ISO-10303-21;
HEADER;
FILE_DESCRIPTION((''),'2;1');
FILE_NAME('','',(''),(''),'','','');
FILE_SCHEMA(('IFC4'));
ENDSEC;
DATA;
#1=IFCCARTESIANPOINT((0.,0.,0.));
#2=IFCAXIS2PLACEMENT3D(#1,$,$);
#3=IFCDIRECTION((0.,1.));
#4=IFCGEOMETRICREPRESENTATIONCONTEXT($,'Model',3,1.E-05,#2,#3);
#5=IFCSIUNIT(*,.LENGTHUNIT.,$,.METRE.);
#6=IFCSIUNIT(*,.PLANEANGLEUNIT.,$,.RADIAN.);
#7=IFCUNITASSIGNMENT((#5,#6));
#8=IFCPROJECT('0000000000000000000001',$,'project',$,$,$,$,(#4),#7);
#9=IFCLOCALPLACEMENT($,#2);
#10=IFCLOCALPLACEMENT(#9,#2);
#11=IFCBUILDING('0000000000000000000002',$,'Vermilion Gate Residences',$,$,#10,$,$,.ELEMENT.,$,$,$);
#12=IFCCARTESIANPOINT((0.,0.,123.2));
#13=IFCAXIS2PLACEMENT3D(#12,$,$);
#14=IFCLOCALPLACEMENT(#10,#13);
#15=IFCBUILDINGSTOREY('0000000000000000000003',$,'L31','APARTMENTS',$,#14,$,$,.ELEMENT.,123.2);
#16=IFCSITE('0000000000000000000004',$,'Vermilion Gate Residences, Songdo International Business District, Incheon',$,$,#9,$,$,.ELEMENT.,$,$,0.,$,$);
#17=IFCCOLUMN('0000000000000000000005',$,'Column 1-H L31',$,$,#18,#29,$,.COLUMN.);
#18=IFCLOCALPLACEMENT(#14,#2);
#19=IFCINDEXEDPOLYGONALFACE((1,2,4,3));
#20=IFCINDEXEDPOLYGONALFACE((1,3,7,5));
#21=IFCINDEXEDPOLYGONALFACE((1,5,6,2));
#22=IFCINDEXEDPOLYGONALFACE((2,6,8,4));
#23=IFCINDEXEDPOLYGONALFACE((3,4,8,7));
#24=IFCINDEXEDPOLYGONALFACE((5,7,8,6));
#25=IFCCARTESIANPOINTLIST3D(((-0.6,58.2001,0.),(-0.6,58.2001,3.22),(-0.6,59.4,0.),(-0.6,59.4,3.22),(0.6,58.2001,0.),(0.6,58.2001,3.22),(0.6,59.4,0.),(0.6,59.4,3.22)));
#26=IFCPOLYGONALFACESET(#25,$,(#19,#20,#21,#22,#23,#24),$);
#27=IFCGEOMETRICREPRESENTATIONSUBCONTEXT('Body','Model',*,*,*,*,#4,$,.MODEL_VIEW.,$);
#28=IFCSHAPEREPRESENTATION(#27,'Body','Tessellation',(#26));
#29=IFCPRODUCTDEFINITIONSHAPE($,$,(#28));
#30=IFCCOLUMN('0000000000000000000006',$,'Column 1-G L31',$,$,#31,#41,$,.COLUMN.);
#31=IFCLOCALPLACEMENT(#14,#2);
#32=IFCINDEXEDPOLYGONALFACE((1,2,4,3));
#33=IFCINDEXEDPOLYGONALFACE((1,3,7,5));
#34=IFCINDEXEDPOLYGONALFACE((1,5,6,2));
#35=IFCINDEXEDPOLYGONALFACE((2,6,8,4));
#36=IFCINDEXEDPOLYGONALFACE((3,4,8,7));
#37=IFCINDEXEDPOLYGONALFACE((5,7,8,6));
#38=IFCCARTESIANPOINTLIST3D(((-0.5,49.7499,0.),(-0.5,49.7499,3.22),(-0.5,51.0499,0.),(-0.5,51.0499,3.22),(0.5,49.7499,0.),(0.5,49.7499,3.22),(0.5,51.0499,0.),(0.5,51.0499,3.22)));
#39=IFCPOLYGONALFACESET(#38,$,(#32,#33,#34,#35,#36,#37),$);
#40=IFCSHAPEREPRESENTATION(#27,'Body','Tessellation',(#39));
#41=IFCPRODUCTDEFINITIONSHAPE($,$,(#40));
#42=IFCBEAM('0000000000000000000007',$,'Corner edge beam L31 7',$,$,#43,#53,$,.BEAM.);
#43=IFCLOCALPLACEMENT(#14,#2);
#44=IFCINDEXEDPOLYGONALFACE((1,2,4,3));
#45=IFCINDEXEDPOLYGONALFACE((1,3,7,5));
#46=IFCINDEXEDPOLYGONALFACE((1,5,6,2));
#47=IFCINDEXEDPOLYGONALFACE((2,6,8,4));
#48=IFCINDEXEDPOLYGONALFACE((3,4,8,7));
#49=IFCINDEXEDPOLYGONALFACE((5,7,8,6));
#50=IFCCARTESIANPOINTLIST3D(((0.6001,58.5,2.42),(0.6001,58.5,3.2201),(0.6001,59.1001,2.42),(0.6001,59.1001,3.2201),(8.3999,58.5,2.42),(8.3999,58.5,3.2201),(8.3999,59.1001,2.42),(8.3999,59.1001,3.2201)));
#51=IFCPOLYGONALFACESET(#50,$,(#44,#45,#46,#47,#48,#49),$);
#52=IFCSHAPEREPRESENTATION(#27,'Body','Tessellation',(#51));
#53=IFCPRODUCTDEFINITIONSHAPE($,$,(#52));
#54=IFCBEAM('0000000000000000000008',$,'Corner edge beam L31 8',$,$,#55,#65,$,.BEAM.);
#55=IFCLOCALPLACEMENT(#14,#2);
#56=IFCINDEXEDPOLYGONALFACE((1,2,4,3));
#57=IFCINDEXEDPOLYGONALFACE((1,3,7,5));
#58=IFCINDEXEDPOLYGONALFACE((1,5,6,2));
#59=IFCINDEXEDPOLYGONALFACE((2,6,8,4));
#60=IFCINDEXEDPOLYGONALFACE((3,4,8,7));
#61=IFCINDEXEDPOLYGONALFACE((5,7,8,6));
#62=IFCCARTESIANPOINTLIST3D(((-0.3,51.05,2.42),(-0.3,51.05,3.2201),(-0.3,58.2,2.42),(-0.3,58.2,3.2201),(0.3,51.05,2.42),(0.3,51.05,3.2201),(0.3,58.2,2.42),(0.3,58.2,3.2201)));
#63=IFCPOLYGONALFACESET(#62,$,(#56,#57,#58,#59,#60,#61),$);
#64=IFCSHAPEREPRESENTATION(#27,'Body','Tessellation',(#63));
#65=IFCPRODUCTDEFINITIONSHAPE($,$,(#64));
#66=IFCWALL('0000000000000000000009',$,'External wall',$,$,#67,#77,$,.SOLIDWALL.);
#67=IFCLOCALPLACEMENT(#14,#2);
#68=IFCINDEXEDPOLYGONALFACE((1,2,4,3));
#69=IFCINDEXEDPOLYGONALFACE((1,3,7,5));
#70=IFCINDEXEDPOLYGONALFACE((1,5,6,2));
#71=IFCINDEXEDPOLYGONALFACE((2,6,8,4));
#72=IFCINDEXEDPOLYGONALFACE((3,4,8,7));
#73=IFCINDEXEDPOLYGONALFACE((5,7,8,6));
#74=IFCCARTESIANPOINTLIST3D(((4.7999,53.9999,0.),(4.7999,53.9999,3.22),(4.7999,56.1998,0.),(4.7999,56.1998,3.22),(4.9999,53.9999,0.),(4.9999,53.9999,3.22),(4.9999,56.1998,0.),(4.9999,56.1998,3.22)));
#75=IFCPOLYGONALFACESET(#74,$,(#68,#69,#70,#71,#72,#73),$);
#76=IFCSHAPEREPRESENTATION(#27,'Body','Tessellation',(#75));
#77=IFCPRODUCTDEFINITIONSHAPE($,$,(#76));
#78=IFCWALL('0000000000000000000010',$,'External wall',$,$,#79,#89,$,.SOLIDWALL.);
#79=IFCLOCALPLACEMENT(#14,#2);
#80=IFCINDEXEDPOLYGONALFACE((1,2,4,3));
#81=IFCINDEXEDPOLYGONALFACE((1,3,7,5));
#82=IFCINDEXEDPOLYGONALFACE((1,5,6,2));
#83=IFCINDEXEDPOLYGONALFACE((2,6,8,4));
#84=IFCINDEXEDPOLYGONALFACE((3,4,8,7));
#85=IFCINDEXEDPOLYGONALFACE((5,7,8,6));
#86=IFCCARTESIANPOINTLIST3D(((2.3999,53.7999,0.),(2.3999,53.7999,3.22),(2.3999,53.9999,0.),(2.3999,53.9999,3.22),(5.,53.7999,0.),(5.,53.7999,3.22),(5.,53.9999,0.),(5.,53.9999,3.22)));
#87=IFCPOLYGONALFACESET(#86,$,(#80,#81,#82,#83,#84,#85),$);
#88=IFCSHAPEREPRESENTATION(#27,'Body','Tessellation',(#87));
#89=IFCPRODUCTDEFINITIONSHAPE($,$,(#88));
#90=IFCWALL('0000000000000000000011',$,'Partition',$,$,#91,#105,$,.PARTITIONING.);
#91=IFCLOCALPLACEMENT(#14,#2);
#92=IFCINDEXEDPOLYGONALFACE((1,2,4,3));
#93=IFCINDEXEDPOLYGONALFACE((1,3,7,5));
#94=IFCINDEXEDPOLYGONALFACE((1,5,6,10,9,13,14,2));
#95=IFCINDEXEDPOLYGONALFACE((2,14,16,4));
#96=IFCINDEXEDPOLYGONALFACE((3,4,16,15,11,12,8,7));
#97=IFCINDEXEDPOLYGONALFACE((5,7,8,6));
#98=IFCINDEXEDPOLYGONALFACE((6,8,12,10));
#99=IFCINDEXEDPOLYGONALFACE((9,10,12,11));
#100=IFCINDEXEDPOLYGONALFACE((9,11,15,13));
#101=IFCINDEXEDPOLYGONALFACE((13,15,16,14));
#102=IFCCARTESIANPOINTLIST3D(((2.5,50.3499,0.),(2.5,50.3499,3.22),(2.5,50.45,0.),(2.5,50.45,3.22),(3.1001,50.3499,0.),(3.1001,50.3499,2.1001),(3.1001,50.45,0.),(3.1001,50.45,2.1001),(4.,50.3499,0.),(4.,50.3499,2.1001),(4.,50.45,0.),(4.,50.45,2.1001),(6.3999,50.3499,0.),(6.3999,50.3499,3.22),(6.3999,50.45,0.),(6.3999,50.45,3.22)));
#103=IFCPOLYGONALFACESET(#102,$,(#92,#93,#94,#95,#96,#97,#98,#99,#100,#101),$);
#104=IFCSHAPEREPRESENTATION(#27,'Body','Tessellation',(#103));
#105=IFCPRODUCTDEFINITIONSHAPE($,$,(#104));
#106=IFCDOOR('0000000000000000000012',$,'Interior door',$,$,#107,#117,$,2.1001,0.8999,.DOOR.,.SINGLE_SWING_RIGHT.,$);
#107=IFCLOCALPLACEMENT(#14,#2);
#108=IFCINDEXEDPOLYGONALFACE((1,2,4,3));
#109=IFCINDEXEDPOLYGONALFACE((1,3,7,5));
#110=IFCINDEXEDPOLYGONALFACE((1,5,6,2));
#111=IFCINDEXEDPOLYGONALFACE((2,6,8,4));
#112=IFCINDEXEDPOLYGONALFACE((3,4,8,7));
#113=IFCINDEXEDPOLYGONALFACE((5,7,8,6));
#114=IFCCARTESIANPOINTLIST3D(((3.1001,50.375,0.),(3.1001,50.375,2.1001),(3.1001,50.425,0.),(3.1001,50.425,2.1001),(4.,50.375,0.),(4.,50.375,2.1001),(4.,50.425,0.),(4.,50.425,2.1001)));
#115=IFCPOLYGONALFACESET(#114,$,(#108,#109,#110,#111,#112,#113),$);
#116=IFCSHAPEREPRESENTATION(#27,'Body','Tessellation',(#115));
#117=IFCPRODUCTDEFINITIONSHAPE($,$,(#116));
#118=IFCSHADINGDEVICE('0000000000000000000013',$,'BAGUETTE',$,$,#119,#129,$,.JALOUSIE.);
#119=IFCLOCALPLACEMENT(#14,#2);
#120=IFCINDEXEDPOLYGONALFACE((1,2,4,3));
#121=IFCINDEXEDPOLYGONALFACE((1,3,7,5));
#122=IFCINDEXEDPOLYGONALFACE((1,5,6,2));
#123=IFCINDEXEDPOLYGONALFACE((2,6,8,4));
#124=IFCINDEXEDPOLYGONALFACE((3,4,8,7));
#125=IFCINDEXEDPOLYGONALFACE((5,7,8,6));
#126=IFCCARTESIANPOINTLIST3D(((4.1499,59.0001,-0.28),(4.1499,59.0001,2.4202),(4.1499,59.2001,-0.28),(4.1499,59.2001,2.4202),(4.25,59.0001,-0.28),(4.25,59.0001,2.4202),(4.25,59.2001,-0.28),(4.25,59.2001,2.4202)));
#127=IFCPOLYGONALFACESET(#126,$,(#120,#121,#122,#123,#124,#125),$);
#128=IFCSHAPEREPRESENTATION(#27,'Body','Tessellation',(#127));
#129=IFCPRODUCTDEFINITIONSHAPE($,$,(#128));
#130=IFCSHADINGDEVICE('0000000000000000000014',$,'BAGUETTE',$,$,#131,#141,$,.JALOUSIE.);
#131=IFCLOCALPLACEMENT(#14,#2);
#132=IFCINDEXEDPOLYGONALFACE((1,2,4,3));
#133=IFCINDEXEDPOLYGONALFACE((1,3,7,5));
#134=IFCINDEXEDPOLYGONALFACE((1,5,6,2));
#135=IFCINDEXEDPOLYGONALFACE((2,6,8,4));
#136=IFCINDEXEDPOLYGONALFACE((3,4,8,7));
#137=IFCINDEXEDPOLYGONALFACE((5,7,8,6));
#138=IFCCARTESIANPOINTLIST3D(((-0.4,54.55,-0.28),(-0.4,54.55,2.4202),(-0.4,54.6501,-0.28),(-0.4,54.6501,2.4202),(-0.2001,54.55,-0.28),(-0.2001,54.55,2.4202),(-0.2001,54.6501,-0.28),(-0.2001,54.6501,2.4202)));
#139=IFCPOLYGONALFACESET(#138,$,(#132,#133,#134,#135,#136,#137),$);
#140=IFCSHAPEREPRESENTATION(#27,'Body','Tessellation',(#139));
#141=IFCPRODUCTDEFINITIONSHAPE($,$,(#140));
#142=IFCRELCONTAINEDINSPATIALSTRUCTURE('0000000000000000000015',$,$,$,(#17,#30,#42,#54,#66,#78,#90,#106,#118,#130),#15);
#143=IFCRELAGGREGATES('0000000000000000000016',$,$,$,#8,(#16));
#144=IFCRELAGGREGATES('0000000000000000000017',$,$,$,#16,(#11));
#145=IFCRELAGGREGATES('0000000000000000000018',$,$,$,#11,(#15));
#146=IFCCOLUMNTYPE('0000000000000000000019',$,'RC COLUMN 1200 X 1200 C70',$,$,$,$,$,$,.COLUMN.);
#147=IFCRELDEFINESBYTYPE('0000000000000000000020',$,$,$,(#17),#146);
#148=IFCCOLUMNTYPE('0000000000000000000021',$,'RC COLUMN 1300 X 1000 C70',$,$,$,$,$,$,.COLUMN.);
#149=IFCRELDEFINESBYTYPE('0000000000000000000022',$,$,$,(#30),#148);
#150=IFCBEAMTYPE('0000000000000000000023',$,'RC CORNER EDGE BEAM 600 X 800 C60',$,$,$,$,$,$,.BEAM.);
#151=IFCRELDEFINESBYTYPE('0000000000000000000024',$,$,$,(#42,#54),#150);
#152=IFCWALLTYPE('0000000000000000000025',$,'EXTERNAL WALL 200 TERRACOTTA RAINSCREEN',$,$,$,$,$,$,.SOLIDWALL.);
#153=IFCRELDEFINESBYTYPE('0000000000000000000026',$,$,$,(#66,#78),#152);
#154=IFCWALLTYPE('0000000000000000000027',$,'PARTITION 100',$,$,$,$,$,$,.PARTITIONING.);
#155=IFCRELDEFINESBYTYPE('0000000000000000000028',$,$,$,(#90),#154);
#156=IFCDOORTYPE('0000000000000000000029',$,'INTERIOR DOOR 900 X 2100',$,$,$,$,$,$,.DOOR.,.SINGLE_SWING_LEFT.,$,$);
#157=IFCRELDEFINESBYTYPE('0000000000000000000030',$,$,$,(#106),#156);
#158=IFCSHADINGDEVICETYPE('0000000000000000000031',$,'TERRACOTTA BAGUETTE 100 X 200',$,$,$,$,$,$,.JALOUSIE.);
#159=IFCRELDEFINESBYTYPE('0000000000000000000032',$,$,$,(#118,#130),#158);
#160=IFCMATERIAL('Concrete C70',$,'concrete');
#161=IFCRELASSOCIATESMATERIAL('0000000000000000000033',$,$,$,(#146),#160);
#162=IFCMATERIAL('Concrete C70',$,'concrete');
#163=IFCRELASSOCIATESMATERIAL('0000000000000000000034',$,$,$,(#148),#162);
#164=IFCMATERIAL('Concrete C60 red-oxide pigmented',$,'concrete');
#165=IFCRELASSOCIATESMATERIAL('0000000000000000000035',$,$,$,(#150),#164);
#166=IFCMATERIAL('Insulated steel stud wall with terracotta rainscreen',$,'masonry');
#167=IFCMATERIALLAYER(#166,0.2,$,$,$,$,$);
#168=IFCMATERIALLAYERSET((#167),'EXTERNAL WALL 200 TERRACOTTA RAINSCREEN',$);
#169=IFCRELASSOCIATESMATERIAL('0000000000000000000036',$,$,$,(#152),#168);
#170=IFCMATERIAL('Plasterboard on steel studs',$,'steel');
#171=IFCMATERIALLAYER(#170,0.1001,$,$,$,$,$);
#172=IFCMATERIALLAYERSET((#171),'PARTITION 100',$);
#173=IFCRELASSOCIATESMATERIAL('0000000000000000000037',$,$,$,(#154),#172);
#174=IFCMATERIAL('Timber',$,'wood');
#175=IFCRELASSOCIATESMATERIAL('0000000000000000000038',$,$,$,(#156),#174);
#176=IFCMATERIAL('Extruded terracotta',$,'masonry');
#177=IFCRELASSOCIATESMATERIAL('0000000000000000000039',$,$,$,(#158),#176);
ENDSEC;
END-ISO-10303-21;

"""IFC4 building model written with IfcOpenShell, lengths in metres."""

from ifc_helpers import new_model, si_unit, direction, frame, frame_2d, origin, origin_2d, place, context, subcontext, project, spatial, rectangle, extrude, material, layer, layer_set, material_profile, profile_set, type_object, element, fill, save


model = new_model("IFC4")

# Units and contexts
model_context = context("Model", 3, precision=1e-05, world=origin(), true_north=direction((0.0, 1.0)))
body_context = subcontext(model_context, "Body", "Model", "MODEL_VIEW")
ifc_project = project(units=[si_unit("LENGTHUNIT", "METRE"), si_unit("PLANEANGLEUNIT", "RADIAN")], contexts=[model_context])

# Site, building, storey
site_placement = place(None, origin())
site = spatial("IfcSite", under=ifc_project, at=site_placement, Name="Vermilion Gate Residences, Songdo International Business District, Incheon", CompositionType="ELEMENT", RefElevation=0.0)
building_placement = place(site_placement, origin())
building = spatial("IfcBuilding", under=site, at=building_placement, Name="Vermilion Gate Residences", CompositionType="ELEMENT")
storey_placement = place(building_placement, frame((0.0, 0.0, 123.2)))
storey = spatial("IfcBuildingStorey", under=building, at=storey_placement, Name="L31", Description="APARTMENTS", CompositionType="ELEMENT", Elevation=123.2)

# Columns
ifc_material_1 = material(Name="Concrete C70", Category="concrete")
ifc_material_profile_1 = material_profile(ifc_material_1, rectangle(XDim=1.2, YDim=1.2, at=origin_2d()), Name="RC-1200x1200")
ifc_profile_set_1 = profile_set([ifc_material_profile_1], Name="Concrete C70")
column_type_1 = type_object("IfcColumnType", Name="RC COLUMN 1200 X 1200 C70", PredefinedType="COLUMN", material=ifc_profile_set_1)
column_1_placement = place(storey_placement, frame((0.0, 58.8, 0.0), z_axis=(0.0, 0.0, 1.0), x_axis=(1.0, 0.0, 0.0)))
element("IfcColumn", 1, at=column_1_placement, inside=storey, type_object=column_type_1, Name="Column 1-H L31", PredefinedType="COLUMN", context=body_context, shape_type="SweptSolid", body=[
    extrude(rectangle(XDim=1.2, YDim=1.2, at=origin_2d()), origin(), (0.0, 0.0, 1.0), 3.22),
])
ifc_material_2 = material(Name="Concrete C70", Category="concrete")
ifc_material_profile_2 = material_profile(ifc_material_2, rectangle(XDim=1.3, YDim=1.0, at=origin_2d()), Name="RC-1300x1000")
ifc_profile_set_2 = profile_set([ifc_material_profile_2], Name="Concrete C70")
column_type_2 = type_object("IfcColumnType", Name="RC COLUMN 1300 X 1000 C70", PredefinedType="COLUMN", material=ifc_profile_set_2)
column_2_placement = place(storey_placement, frame((0.0, 50.3999, 0.0), z_axis=(0.0, 0.0, 1.0), x_axis=(0.0, 1.0, 0.0)))
element("IfcColumn", 2, at=column_2_placement, inside=storey, type_object=column_type_2, Name="Column 1-G L31", PredefinedType="COLUMN", context=body_context, shape_type="SweptSolid", body=[
    extrude(rectangle(XDim=1.3, YDim=1.0, at=origin_2d()), origin(), (0.0, 0.0, 1.0), 3.22),
])

# Beams
ifc_material_3 = material(Name="Concrete C60 red-oxide pigmented", Category="concrete")
ifc_material_profile_3 = material_profile(ifc_material_3, rectangle(XDim=0.6001, YDim=0.8, at=origin_2d()), Name="RC-600x800")
ifc_profile_set_3 = profile_set([ifc_material_profile_3], Name="Concrete C60 red-oxide pigmented")
beam_type = type_object("IfcBeamType", Name="RC CORNER EDGE BEAM 600 X 800 C60", PredefinedType="BEAM", material=ifc_profile_set_3)
beam_1_placement = place(storey_placement, frame((0.6001, 58.8, 2.8201), z_axis=(1.0, 0.0, 0.0), x_axis=(0.0, 1.0, 0.0)))
element("IfcBeam", 3, at=beam_1_placement, inside=storey, type_object=beam_type, Name="Corner edge beam L31 7", PredefinedType="BEAM", context=body_context, shape_type="SweptSolid", body=[
    extrude(rectangle(XDim=0.6001, YDim=0.8, at=origin_2d()), origin(), (0.0, 0.0, 1.0), 7.7998),
])
beam_2_placement = place(storey_placement, frame((0.0, 51.05, 2.8201), z_axis=(0.0, 1.0, 0.0), x_axis=(-1.0, 0.0, 0.0)))
element("IfcBeam", 4, at=beam_2_placement, inside=storey, type_object=beam_type, Name="Corner edge beam L31 8", PredefinedType="BEAM", context=body_context, shape_type="SweptSolid", body=[
    extrude(rectangle(XDim=0.6001, YDim=0.8, at=origin_2d()), origin(), (0.0, 0.0, 1.0), 7.1499),
])

# Walls
ifc_material_4 = material(Name="Insulated steel stud wall with terracotta rainscreen", Category="masonry")
ifc_layer_1 = layer(ifc_material_4, 0.2)
ifc_layer_set_1 = layer_set([ifc_layer_1], Name="EXTERNAL WALL 200 TERRACOTTA RAINSCREEN")
wall_type_1 = type_object("IfcWallType", Name="EXTERNAL WALL 200 TERRACOTTA RAINSCREEN", PredefinedType="SOLIDWALL", material=ifc_layer_set_1)
wall_1_placement = place(storey_placement, frame((4.8999, 56.2, 0.0), z_axis=(0.0, 0.0, 1.0), x_axis=(0.0, -1.0, 0.0)))
element("IfcWall", 5, at=wall_1_placement, inside=storey, type_object=wall_type_1, Name="External wall", PredefinedType="SOLIDWALL", context=body_context, shape_type="SweptSolid", body=[
    extrude(rectangle(XDim=2.2, YDim=0.2, at=frame_2d((1.1001, 0.0))), origin(), (0.0, 0.0, 1.0), 3.22),
])
wall_2_placement = place(storey_placement, frame((5.0, 53.8999, 0.0), z_axis=(0.0, 0.0, 1.0), x_axis=(-1.0, 0.0, 0.0)))
element("IfcWall", 6, at=wall_2_placement, inside=storey, type_object=wall_type_1, Name="External wall", PredefinedType="SOLIDWALL", context=body_context, shape_type="SweptSolid", body=[
    extrude(rectangle(XDim=2.6001, YDim=0.2, at=frame_2d((1.3, 0.0))), origin(), (0.0, 0.0, 1.0), 3.22),
])

# Wall, opening, door
ifc_material_5 = material(Name="Plasterboard on steel studs", Category="steel")
ifc_layer_2 = layer(ifc_material_5, 0.1001)
ifc_layer_set_2 = layer_set([ifc_layer_2], Name="PARTITION 100")
wall_type_2 = type_object("IfcWallType", Name="PARTITION 100", PredefinedType="PARTITIONING", material=ifc_layer_set_2)
wall_3_placement = place(storey_placement, frame((2.5, 50.3999, 0.0), z_axis=(0.0, 0.0, 1.0), x_axis=(1.0, 0.0, 0.0)))
wall_3 = element("IfcWall", 7, at=wall_3_placement, inside=storey, type_object=wall_type_2, Name="Partition", PredefinedType="PARTITIONING", context=body_context, shape_type="SweptSolid", body=[
    extrude(rectangle(XDim=3.8999, YDim=0.1001, at=frame_2d((1.95, 0.0))), origin(), (0.0, 0.0, 1.0), 3.22),
])
opening_1_placement = place(wall_3_placement, frame((0.6001, 0.0, 0.0)))
opening_1 = element("IfcOpeningElement", 8, at=opening_1_placement, cuts=wall_3, PredefinedType="OPENING", context=body_context, shape_type="SweptSolid", body=[
    extrude(rectangle(XDim=0.8999, YDim=2.1001, at=frame_2d((0.45, 1.05))), frame((0.0, 0.0601, 0.0), z_axis=(0.0, -1.0, 0.0), x_axis=(1.0, 0.0, 0.0)), (0.0, 0.0, 1.0), 0.1201),
])
ifc_material_6 = material(Name="Timber", Category="wood")
door_type_1 = type_object("IfcDoorType", Name="INTERIOR DOOR 900 X 2100", OperationType="SINGLE_SWING_LEFT", PredefinedType="DOOR", material=ifc_material_6)
door_1_placement = place(opening_1_placement, frame((0.8999, 0.0, 0.0), z_axis=(0.0, 0.0, 1.0), x_axis=(-1.0, 0.0, 0.0)))
door_1 = element("IfcDoor", 9, at=door_1_placement, inside=storey, type_object=door_type_1, Name="Interior door", OperationType="SINGLE_SWING_RIGHT", OverallHeight=2.1001, OverallWidth=0.8999, PredefinedType="DOOR", context=body_context, shape_type="SweptSolid", body=[
    extrude(rectangle(XDim=0.8999, YDim=2.1001, at=frame_2d((0.45, 1.05))), frame((0.0, 0.0249, 0.0), z_axis=(0.0, -1.0, 0.0), x_axis=(1.0, 0.0, 0.0)), (0.0, 0.0, 1.0), 0.05),
])
fill(opening_1, door_1)

# Shading devices
ifc_material_7 = material(Name="Extruded terracotta", Category="masonry")
ifc_material_profile_4 = material_profile(ifc_material_7, rectangle(XDim=0.2, YDim=0.1001, at=origin_2d()), Name="BAGUETTE 100 X 200")
ifc_profile_set_4 = profile_set([ifc_material_profile_4], Name="Extruded terracotta")
shading_device_type = type_object("IfcShadingDeviceType", Name="TERRACOTTA BAGUETTE 100 X 200", PredefinedType="JALOUSIE", material=ifc_profile_set_4)
for number, where, z_axis, x_axis, name in (
    (10, (4.2, 59.1001, -0.28), (0.0, 0.0, 1.0), (0.0, -1.0, 0.0), "BAGUETTE"),
    (11, (-0.3, 54.6001, -0.28), (0.0, 0.0, 1.0), (1.0, 0.0, 0.0), "BAGUETTE"),
):
    element("IfcShadingDevice", number, at=place(storey_placement, frame(where, z_axis=z_axis, x_axis=x_axis)), inside=storey, type_object=shading_device_type, Name=name, PredefinedType="JALOUSIE", context=body_context, shape_type="SweptSolid", body=[
        extrude(rectangle(XDim=0.2, YDim=0.1001, at=origin_2d()), origin(), (0.0, 0.0, 1.0), 2.7002),
    ])

save(model, "model.ifc")
